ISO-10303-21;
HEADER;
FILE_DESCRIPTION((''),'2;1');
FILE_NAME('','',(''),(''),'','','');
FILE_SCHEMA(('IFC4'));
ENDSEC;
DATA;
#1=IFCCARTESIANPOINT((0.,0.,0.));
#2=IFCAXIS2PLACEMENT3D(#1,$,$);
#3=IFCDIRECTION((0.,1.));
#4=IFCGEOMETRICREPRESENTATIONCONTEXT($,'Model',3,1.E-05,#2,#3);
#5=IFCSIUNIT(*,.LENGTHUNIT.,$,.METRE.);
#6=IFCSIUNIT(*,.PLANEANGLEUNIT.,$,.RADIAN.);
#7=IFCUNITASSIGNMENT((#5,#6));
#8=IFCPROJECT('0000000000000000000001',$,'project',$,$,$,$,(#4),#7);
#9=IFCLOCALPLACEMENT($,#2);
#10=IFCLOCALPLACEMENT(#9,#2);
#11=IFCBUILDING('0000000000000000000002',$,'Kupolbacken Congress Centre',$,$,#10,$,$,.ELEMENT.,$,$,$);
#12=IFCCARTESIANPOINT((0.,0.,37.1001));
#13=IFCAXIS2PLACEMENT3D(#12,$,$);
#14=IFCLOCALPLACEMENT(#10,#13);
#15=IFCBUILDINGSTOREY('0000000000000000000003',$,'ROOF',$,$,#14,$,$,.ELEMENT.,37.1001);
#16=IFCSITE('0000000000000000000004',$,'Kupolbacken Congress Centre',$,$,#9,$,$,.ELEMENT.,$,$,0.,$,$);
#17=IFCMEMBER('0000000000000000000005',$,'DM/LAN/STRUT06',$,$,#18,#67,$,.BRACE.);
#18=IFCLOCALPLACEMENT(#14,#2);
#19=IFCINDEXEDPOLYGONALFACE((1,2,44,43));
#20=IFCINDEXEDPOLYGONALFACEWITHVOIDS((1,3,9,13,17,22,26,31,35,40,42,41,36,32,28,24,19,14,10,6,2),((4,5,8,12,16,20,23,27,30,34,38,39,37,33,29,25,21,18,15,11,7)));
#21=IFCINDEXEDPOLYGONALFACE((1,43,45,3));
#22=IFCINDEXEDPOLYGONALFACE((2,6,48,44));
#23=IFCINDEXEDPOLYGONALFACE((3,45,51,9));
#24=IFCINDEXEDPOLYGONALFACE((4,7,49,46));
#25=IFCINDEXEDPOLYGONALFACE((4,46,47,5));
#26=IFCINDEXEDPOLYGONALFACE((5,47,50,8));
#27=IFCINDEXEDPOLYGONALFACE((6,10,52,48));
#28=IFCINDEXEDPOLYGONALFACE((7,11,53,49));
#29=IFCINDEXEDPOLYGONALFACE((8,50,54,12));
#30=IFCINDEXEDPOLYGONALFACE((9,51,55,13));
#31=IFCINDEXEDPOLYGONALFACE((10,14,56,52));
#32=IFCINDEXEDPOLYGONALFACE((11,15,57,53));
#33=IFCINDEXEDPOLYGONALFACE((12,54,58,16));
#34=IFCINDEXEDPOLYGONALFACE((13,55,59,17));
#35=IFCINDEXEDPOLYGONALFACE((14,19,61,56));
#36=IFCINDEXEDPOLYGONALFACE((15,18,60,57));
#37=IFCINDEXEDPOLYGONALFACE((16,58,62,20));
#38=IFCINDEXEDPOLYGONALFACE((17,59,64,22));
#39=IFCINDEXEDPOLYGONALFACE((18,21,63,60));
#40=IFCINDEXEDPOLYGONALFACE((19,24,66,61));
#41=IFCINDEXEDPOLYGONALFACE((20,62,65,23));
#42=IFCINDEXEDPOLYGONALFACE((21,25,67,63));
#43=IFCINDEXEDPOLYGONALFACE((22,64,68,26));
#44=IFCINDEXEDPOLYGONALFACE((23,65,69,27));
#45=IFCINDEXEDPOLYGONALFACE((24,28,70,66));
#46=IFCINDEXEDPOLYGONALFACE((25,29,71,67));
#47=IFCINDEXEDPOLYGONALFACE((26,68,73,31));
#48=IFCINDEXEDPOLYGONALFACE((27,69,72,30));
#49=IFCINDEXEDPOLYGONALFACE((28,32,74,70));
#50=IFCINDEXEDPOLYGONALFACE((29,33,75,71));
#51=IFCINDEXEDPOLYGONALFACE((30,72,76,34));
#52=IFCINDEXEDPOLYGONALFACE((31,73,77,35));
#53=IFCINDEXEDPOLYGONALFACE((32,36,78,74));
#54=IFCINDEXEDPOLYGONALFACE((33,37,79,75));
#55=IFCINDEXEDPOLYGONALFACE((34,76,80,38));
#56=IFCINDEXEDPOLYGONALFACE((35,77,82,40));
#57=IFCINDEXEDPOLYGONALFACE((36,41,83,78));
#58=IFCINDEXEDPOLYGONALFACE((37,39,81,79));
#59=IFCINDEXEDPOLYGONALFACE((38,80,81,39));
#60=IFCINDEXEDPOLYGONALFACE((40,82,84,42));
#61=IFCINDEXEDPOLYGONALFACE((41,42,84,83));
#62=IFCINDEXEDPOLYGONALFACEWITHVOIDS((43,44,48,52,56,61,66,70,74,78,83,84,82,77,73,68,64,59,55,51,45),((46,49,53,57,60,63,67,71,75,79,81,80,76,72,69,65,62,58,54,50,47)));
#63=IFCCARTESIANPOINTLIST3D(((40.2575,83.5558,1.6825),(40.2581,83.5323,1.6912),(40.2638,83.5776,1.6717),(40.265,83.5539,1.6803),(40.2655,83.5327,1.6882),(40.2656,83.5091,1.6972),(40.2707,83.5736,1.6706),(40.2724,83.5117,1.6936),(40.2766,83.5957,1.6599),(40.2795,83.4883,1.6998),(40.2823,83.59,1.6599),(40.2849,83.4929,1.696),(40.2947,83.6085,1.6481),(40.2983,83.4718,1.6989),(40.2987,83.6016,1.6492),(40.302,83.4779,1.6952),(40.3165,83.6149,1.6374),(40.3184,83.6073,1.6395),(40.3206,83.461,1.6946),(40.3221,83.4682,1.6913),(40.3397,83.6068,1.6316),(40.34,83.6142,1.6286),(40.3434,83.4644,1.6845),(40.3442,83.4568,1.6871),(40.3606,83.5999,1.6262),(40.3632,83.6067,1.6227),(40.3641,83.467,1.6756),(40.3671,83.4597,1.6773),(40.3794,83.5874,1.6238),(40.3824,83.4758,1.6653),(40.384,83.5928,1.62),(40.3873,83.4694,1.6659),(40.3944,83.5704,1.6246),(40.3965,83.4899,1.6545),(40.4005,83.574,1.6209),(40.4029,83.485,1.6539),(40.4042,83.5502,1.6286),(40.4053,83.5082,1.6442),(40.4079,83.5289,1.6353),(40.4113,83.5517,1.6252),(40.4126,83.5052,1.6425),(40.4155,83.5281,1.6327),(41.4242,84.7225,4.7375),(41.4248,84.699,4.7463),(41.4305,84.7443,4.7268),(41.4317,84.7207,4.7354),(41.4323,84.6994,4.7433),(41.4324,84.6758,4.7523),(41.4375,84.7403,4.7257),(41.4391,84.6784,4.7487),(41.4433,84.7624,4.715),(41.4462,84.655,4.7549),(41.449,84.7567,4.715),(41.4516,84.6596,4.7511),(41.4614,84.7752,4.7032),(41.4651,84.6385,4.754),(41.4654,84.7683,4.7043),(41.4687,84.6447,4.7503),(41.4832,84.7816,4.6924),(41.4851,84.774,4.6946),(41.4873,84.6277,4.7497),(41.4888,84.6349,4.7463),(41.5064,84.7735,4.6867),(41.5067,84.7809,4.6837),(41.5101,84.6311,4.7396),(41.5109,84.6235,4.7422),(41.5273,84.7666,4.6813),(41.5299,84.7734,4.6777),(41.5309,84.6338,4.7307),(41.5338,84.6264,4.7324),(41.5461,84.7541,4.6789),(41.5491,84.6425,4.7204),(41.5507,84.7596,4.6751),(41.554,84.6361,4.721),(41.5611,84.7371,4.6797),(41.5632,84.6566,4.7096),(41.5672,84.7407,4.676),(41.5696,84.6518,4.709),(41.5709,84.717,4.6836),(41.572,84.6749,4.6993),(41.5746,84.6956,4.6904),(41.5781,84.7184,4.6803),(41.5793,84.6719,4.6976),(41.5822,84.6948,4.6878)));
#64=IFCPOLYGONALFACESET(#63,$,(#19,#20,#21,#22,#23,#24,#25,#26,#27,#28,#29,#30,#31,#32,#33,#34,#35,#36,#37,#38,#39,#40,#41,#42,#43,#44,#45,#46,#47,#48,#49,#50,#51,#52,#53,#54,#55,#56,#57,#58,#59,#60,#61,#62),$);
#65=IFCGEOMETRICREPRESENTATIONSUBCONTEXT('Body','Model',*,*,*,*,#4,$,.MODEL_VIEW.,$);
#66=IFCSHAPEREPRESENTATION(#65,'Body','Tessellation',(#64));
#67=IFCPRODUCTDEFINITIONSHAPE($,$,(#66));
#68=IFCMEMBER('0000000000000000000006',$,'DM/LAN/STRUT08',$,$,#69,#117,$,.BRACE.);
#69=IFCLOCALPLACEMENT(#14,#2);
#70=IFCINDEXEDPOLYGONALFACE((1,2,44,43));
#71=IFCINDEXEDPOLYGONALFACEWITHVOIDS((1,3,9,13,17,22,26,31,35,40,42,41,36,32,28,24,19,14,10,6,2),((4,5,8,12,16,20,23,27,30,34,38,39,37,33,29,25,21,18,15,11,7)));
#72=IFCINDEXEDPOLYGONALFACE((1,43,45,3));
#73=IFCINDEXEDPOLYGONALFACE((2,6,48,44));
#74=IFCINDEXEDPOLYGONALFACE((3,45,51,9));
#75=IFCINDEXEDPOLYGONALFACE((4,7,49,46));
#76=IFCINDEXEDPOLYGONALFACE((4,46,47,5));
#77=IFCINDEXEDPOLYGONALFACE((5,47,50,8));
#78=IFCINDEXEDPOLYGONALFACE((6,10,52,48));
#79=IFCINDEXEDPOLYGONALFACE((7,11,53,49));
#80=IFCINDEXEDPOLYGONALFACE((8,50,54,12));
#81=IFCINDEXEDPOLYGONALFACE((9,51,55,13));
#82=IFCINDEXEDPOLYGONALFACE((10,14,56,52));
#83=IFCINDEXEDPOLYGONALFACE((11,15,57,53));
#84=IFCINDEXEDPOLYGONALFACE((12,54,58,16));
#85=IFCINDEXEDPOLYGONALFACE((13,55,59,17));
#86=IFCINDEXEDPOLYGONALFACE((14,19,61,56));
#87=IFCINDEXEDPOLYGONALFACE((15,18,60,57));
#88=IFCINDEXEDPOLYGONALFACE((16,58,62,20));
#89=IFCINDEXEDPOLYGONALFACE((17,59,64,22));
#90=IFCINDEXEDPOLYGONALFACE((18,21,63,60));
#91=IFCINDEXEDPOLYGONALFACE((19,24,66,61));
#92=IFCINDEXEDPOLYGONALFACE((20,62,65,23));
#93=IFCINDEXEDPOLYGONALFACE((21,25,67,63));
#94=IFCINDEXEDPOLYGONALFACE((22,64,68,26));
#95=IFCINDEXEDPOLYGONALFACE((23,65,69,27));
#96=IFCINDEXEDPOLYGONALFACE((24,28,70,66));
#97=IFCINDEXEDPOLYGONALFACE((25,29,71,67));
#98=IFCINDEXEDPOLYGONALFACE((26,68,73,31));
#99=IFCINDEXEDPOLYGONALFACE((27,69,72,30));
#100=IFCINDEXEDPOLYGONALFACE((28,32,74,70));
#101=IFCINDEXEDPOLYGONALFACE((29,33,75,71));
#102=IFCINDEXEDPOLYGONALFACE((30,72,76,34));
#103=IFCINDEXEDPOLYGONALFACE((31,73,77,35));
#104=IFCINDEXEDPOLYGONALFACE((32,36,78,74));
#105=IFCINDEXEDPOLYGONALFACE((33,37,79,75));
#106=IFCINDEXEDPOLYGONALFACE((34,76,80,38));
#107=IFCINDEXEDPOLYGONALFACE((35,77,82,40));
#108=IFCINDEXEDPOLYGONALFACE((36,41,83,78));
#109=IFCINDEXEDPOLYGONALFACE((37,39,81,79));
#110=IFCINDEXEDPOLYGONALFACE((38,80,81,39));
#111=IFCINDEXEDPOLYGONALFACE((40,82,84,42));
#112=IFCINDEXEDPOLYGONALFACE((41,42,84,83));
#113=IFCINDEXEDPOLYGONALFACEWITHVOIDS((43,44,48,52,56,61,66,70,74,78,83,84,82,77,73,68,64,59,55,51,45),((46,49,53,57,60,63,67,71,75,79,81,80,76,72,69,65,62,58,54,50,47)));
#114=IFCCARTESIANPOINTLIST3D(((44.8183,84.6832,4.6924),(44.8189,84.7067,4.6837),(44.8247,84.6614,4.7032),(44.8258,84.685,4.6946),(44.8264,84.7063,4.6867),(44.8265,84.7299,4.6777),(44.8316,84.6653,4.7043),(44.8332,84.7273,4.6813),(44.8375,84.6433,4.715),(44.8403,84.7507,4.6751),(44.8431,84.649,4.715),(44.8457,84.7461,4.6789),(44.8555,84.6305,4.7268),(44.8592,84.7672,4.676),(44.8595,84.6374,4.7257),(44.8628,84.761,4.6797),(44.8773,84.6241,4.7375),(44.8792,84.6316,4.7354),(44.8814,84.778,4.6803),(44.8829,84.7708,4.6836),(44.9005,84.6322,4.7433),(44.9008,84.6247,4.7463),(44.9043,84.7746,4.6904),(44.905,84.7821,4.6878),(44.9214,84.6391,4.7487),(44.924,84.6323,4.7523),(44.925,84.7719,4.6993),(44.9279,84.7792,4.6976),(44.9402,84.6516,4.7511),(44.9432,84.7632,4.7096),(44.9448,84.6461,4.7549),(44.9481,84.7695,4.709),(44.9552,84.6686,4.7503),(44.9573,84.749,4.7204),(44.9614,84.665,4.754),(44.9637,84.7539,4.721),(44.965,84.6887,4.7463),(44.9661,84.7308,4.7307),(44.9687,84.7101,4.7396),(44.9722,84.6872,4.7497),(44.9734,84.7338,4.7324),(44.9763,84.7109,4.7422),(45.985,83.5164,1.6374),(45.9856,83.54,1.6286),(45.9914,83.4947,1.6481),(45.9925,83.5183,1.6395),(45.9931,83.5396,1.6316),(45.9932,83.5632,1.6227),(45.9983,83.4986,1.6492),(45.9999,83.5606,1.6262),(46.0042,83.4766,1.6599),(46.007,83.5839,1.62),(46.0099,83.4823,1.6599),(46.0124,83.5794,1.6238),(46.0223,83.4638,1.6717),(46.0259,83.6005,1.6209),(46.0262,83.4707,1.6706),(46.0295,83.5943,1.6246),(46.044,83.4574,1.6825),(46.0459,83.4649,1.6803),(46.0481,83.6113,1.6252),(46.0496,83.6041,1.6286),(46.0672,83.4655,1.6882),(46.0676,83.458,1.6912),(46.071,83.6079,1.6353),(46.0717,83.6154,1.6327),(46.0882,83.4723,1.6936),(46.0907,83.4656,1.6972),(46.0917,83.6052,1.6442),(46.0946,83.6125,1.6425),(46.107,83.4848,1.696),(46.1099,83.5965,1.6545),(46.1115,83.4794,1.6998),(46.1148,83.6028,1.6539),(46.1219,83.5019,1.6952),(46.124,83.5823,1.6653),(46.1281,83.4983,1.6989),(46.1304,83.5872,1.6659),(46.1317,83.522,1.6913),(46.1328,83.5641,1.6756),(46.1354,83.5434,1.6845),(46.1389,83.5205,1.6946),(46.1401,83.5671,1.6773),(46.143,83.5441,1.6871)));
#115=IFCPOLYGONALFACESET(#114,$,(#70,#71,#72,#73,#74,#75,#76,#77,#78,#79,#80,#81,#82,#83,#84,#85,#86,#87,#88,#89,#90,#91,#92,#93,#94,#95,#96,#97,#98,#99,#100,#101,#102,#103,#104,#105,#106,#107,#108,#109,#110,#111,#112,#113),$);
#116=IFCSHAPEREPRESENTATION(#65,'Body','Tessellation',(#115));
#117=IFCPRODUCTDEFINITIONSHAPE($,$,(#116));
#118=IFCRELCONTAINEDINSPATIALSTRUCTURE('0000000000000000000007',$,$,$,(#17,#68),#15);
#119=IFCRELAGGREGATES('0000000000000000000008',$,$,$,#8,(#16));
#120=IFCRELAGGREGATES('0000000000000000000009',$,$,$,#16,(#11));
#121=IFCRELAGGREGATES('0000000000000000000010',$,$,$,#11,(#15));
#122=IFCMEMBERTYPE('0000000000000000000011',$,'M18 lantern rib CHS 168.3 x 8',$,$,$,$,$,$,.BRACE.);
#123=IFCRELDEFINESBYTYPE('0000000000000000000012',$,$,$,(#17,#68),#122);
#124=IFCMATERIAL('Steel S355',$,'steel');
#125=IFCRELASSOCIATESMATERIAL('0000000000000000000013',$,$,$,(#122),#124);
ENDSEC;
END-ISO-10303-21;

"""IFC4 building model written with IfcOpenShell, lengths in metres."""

from ifc_helpers import new_model, si_unit, direction, frame, origin, origin_2d, place, context, subcontext, project, spatial, hollow_circle, extrude, material, material_profile, profile_set, type_object, element, save


model = new_model("IFC4")

# Units and contexts
model_context = context("Model", 3, precision=1e-05, world=origin(), true_north=direction((0.0, 1.0)))
body_context = subcontext(model_context, "Body", "Model", "MODEL_VIEW")
ifc_project = project(units=[si_unit("LENGTHUNIT", "METRE"), si_unit("PLANEANGLEUNIT", "RADIAN")], contexts=[model_context])

# Site, building, storey
site_placement = place(None, origin())
site = spatial("IfcSite", under=ifc_project, at=site_placement, Name="Kupolbacken Congress Centre", CompositionType="ELEMENT", RefElevation=0.0)
building_placement = place(site_placement, origin())
building = spatial("IfcBuilding", under=site, at=building_placement, Name="Kupolbacken Congress Centre", CompositionType="ELEMENT")
storey_placement = place(building_placement, frame((0.0, 0.0, 37.1001)))
storey = spatial("IfcBuildingStorey", under=building, at=storey_placement, Name="ROOF", CompositionType="ELEMENT", Elevation=37.1001)

# Members
ifc_material_1 = material(Name="Steel S355", Category="steel")
ifc_material_profile_1 = material_profile(ifc_material_1, hollow_circle(Radius=0.0842, WallThickness=0.0081, at=origin_2d()), Name="CHS 168.3 x 8")
ifc_profile_set_1 = profile_set([ifc_material_profile_1], Name="Steel S355")
member_type_1 = type_object("IfcMemberType", Name="M18 lantern rib CHS 168.3 x 8", PredefinedType="BRACE", material=ifc_profile_set_1)
for number, where, z_axis, x_axis, name in (
    (1, (40.3362, 83.5361, 1.6599), (0.336018, 0.336018, 0.879877), (-0.707107, 0.707107, 0.0), "DM/LAN/STRUT06"),
    (2, (46.0637, 83.5361, 1.6599), (-0.336018, 0.336018, 0.879877), (-0.707107, -0.707107, 0.0), "DM/LAN/STRUT08"),
):
    element("IfcMember", number, at=place(storey_placement, frame(where, z_axis=z_axis, x_axis=x_axis)), inside=storey, type_object=member_type_1, Name=name, PredefinedType="BRACE", context=body_context, shape_type="SweptSolid", body=[
        extrude(hollow_circle(Radius=0.0842, WallThickness=0.0081, at=origin_2d()), origin(), (0.0, 0.0, 1.0), 3.4722),
    ])

save(model, "model.ifc")
